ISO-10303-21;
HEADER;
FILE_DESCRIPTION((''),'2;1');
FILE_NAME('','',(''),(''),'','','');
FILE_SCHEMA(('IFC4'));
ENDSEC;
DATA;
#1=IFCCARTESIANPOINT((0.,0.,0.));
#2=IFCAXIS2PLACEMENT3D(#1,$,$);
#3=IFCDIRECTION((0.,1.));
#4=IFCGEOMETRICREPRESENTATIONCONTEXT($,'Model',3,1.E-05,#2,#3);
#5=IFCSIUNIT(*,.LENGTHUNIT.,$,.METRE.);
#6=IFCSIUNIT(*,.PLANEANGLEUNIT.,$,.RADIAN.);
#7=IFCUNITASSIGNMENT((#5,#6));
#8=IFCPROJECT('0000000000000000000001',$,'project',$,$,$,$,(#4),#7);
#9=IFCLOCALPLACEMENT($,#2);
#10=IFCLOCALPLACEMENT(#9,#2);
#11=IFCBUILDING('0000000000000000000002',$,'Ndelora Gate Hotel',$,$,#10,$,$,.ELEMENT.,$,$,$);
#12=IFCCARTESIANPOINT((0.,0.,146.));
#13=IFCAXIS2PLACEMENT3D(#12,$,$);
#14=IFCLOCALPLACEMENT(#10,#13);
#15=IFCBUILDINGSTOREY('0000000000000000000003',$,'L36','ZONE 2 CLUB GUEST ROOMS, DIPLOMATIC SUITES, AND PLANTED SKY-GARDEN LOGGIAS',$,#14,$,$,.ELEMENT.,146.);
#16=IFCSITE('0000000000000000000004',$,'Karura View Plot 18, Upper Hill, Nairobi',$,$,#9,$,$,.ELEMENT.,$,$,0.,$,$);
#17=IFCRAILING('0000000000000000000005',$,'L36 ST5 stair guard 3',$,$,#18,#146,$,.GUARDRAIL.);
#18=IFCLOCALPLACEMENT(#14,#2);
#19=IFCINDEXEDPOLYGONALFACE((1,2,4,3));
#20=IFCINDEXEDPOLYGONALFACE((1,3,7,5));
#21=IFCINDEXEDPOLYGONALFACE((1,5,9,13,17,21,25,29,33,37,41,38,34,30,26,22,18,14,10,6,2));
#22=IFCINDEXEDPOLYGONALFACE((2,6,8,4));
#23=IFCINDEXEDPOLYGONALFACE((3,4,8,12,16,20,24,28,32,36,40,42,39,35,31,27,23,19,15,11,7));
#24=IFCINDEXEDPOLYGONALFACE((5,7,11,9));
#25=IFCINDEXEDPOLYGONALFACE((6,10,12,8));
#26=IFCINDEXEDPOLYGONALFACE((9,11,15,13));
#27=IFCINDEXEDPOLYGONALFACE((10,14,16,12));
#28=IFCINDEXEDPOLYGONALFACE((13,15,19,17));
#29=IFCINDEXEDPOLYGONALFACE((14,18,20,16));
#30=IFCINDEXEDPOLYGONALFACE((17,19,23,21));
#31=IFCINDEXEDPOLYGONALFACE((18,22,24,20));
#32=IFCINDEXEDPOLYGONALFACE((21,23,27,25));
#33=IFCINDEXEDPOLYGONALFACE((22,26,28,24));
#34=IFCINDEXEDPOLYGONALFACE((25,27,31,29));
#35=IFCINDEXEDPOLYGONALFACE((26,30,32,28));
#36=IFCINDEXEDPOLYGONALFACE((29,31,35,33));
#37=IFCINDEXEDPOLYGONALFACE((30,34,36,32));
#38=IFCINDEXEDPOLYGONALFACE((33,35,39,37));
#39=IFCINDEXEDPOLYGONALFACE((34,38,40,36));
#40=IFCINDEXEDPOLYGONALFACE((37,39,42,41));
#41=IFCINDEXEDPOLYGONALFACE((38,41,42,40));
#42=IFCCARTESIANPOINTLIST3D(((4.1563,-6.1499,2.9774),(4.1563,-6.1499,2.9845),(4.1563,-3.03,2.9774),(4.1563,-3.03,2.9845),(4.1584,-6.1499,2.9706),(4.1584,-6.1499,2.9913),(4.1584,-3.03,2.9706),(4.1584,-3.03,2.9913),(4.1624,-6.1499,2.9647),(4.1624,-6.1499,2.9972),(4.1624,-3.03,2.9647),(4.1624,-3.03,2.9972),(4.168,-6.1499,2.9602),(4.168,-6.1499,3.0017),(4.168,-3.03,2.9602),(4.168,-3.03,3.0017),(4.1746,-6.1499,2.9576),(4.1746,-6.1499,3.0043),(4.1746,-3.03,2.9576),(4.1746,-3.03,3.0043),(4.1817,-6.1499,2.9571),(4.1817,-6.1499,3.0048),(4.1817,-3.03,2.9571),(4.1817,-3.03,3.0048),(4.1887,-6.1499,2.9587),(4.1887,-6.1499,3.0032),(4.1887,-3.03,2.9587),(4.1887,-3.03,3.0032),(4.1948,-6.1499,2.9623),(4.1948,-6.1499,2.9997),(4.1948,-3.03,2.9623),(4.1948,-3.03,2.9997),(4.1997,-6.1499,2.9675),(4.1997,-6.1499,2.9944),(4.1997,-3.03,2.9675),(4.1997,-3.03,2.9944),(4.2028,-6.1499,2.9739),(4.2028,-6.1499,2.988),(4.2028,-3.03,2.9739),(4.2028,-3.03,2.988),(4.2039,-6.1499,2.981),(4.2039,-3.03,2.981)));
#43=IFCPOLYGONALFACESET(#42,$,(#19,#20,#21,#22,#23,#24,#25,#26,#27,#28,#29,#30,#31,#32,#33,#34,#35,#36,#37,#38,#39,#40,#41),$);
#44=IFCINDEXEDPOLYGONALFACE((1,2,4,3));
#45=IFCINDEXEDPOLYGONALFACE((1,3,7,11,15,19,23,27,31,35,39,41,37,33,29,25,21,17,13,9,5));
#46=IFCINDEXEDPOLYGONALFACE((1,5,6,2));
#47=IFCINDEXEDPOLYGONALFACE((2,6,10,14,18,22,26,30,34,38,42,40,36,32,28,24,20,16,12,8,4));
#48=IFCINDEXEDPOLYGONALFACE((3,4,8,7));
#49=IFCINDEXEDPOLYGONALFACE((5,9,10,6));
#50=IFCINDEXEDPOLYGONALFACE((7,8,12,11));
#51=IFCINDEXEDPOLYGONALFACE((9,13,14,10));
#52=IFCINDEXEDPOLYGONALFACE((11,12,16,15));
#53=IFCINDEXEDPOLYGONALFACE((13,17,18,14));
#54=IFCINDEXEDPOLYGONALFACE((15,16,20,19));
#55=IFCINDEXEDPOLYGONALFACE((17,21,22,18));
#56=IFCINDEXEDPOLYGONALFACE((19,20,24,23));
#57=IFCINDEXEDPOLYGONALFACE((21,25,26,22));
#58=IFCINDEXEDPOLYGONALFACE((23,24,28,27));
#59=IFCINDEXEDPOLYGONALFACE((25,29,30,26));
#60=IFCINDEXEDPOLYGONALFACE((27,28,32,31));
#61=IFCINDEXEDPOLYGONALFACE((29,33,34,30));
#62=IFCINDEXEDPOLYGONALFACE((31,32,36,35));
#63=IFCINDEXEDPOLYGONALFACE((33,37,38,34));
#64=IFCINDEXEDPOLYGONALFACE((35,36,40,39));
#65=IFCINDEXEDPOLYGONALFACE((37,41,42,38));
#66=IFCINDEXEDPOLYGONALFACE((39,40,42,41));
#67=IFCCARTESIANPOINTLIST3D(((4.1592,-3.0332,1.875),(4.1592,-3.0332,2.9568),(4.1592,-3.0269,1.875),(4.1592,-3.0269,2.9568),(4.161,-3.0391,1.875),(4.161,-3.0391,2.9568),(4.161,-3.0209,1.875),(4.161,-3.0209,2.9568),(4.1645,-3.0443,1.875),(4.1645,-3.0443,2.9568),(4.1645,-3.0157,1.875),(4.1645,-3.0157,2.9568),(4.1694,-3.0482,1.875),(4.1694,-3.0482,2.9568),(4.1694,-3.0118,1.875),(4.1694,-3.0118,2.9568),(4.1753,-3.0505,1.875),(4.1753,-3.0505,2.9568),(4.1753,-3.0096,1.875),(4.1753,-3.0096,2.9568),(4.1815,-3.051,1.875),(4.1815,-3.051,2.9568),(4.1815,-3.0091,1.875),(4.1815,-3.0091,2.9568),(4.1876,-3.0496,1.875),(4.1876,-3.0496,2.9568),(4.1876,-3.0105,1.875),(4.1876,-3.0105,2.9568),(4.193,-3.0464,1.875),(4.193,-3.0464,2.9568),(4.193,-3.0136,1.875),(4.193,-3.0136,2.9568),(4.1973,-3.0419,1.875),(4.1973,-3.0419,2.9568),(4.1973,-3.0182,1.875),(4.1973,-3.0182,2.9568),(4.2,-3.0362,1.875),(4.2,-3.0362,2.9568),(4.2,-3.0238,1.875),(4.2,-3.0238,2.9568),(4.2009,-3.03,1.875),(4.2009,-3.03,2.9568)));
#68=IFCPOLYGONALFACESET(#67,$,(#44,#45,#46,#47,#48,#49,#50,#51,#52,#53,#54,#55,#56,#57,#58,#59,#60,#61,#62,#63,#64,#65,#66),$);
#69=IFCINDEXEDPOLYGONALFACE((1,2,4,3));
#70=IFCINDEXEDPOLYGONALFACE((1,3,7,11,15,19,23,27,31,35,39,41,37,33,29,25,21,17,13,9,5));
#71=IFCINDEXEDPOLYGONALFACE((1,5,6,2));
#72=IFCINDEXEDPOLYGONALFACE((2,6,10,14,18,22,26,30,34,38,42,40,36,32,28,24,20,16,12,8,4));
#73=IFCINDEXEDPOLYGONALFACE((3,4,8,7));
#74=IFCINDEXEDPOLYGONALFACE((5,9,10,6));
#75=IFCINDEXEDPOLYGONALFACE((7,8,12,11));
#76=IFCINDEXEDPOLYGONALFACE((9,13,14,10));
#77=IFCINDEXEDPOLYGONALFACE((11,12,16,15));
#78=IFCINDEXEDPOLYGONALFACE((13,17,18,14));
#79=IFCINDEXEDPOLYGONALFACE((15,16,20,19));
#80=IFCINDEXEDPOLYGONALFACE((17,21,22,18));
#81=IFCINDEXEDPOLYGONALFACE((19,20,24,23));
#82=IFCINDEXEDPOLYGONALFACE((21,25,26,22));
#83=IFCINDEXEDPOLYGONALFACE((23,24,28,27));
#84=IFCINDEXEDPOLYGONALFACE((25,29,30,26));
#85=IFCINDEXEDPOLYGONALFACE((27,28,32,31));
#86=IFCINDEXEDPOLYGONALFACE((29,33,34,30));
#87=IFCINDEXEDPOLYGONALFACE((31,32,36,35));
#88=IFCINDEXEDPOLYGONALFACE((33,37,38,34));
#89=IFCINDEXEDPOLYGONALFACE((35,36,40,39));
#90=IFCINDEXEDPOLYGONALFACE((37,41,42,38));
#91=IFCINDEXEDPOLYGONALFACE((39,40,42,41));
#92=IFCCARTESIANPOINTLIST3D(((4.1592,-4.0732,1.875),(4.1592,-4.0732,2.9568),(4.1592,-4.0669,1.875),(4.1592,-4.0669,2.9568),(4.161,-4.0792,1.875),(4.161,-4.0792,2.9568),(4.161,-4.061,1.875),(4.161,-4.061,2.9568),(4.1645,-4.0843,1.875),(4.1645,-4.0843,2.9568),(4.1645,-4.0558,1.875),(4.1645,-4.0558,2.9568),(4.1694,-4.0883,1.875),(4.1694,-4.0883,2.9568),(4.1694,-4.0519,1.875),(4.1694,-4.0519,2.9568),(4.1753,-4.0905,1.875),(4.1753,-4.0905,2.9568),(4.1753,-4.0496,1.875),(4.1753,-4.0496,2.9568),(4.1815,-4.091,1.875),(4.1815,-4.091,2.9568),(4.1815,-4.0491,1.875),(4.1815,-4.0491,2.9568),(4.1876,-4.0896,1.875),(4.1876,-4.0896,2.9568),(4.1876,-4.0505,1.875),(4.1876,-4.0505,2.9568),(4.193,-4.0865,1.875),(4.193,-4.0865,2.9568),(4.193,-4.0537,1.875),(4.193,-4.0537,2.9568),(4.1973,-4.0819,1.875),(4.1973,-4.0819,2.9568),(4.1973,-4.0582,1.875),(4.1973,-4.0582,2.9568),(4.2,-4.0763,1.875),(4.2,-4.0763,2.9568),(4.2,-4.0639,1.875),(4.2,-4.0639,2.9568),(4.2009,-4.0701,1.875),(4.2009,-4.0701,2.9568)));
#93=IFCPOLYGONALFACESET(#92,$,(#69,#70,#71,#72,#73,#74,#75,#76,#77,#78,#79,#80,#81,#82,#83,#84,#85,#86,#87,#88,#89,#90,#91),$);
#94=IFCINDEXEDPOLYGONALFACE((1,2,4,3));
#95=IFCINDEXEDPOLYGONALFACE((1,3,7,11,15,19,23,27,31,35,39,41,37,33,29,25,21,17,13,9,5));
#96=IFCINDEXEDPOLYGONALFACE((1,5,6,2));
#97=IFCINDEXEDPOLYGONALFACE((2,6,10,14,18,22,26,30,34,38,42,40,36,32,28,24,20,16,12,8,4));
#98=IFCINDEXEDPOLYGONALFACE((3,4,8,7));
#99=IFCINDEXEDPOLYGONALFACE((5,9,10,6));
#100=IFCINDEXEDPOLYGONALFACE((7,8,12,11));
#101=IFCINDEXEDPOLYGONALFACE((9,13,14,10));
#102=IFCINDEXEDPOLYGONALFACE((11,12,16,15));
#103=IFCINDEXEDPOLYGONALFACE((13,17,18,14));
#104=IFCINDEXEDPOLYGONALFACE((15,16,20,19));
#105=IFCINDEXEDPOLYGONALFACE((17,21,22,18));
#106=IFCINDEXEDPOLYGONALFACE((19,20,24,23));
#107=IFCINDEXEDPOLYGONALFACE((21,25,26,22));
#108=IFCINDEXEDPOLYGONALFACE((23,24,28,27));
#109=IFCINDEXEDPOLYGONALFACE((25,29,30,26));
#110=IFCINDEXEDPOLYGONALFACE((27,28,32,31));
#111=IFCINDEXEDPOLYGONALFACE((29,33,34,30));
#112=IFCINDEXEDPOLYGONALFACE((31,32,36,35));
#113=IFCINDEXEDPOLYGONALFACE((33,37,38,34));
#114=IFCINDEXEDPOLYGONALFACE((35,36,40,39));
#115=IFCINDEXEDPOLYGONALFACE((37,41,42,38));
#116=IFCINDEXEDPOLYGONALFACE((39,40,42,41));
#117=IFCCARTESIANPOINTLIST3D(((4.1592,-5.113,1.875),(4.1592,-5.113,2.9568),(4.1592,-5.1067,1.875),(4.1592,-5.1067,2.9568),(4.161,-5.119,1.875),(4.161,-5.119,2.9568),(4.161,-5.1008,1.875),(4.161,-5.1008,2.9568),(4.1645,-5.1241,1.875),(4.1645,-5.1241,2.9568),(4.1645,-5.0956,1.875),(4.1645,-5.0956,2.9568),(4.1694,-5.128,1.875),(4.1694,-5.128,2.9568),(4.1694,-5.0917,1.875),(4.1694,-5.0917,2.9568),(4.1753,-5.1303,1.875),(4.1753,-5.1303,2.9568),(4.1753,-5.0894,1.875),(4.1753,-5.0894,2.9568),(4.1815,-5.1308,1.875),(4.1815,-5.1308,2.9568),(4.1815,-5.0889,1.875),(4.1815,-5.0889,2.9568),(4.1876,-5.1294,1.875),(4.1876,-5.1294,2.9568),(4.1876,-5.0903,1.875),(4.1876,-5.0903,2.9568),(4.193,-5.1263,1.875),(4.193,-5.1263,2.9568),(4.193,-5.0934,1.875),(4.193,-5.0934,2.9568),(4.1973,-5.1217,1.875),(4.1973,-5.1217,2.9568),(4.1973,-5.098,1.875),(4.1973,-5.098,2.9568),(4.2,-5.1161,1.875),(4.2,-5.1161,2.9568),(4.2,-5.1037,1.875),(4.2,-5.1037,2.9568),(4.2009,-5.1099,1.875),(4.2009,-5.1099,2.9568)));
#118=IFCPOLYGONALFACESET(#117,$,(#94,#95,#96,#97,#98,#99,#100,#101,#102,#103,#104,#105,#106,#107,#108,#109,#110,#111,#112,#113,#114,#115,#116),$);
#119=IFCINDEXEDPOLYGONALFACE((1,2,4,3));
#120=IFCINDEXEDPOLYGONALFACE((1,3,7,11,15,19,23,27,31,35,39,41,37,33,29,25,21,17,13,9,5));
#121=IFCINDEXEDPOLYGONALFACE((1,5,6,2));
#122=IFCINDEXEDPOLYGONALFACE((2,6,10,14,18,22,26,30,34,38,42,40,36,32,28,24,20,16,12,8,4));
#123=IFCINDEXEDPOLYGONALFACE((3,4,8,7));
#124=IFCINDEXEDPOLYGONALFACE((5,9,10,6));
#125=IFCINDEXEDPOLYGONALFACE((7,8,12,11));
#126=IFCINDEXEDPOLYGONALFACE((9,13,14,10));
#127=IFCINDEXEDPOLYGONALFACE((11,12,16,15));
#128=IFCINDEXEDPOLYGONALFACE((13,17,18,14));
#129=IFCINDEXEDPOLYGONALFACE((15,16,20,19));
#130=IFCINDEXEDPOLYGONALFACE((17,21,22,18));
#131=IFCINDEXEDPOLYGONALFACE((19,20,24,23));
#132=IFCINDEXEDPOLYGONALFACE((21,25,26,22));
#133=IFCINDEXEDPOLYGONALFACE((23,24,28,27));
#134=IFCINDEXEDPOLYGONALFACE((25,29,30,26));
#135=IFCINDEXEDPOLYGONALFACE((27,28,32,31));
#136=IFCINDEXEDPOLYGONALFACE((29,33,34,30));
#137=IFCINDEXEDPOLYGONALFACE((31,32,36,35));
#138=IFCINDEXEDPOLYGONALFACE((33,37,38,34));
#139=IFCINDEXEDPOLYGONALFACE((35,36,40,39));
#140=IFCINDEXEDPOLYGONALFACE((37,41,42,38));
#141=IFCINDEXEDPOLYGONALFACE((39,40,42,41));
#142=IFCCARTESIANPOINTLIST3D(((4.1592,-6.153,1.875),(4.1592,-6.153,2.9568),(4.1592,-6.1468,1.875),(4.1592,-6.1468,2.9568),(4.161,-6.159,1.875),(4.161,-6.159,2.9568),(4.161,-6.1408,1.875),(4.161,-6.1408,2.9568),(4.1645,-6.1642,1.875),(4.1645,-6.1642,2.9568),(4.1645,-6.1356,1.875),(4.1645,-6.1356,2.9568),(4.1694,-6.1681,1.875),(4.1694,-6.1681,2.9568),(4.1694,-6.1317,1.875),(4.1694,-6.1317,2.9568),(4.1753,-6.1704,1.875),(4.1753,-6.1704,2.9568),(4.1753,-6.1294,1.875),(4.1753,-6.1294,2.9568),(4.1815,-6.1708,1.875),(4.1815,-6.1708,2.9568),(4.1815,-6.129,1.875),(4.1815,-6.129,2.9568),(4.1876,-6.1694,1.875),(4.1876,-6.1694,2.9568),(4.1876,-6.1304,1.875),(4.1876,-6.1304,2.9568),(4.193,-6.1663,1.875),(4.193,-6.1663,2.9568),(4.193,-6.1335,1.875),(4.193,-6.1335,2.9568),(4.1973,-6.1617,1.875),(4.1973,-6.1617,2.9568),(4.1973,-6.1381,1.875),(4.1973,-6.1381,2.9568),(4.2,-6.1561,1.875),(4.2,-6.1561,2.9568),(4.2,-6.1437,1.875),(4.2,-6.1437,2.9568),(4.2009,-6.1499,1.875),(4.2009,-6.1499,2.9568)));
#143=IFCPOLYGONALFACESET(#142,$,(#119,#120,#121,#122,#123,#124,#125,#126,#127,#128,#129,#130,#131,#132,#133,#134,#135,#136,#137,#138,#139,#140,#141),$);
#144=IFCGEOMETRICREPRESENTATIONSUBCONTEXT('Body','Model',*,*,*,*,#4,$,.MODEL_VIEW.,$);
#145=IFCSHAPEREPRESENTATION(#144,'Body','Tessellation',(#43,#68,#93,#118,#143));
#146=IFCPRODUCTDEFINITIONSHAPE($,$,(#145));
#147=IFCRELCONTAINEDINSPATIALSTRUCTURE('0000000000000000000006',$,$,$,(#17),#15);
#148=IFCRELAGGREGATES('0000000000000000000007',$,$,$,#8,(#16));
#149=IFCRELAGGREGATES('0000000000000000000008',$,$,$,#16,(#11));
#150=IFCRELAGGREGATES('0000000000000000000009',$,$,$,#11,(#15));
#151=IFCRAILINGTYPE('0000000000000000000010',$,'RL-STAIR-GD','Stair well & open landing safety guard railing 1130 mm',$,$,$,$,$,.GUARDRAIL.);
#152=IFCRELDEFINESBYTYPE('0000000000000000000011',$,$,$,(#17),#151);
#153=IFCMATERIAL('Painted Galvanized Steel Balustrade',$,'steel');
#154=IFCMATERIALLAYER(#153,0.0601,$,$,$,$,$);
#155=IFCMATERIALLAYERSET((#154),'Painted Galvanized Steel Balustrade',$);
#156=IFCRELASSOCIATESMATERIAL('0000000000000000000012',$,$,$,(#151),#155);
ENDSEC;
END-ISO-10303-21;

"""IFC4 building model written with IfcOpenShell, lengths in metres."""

from ifc_helpers import new_model, si_unit, direction, frame, origin, origin_2d, place, context, subcontext, project, spatial, circle, extrude, material, layer, layer_set, type_object, element, save


model = new_model("IFC4")

# Units and contexts
model_context = context("Model", 3, precision=1e-05, world=origin(), true_north=direction((0.0, 1.0)))
body_context = subcontext(model_context, "Body", "Model", "MODEL_VIEW")
ifc_project = project(units=[si_unit("LENGTHUNIT", "METRE"), si_unit("PLANEANGLEUNIT", "RADIAN")], contexts=[model_context])

# Site, building, storey
site_placement = place(None, origin())
site = spatial("IfcSite", under=ifc_project, at=site_placement, Name="Karura View Plot 18, Upper Hill, Nairobi", CompositionType="ELEMENT", RefElevation=0.0)
building_placement = place(site_placement, origin())
building = spatial("IfcBuilding", under=site, at=building_placement, Name="Ndelora Gate Hotel", CompositionType="ELEMENT")
storey_placement = place(building_placement, frame((0.0, 0.0, 146.0)))
storey = spatial("IfcBuildingStorey", under=building, at=storey_placement, Name="L36", Description="ZONE 2 CLUB GUEST ROOMS, DIPLOMATIC SUITES, AND PLANTED SKY-GARDEN LOGGIAS", CompositionType="ELEMENT", Elevation=146.0)

# Railing
ifc_material_1 = material(Name="Painted Galvanized Steel Balustrade", Category="steel")
ifc_layer_1 = layer(ifc_material_1, 0.0601)
ifc_layer_set_1 = layer_set([ifc_layer_1], Name="Painted Galvanized Steel Balustrade")
railing_type_1 = type_object("IfcRailingType", Name="RL-STAIR-GD", Description="Stair well & open landing safety guard railing 1130 mm", PredefinedType="GUARDRAIL", material=ifc_layer_set_1)
for number, where, name in (
    (1, (4.1799, -3.03, 1.875), "L36 ST5 stair guard 3"),
):
    element("IfcRailing", number, at=place(storey_placement, frame(where)), inside=storey, type_object=railing_type_1, Name=name, PredefinedType="GUARDRAIL", context=body_context, shape_type="SweptSolid", body=[
        extrude(circle(Radius=0.0239, at=origin_2d()), frame((0.0, 0.0, 1.106), z_axis=(0.0, -1.0, 0.0), x_axis=(1.0, 0.0, 0.0)), (0.0, 0.0, 1.0), 3.1199),
        extrude(circle(Radius=0.021, at=origin_2d()), origin(), (0.0, 0.0, 1.0), 1.0818),
        extrude(circle(Radius=0.021, at=origin_2d()), frame((0.0, -1.04, 0.0)), (0.0, 0.0, 1.0), 1.0818),
        extrude(circle(Radius=0.021, at=origin_2d()), frame((0.0, -2.0798, 0.0)), (0.0, 0.0, 1.0), 1.0818),
        extrude(circle(Radius=0.021, at=origin_2d()), frame((0.0, -3.1199, 0.0)), (0.0, 0.0, 1.0), 1.0818),
    ])

save(model, "model.ifc")
